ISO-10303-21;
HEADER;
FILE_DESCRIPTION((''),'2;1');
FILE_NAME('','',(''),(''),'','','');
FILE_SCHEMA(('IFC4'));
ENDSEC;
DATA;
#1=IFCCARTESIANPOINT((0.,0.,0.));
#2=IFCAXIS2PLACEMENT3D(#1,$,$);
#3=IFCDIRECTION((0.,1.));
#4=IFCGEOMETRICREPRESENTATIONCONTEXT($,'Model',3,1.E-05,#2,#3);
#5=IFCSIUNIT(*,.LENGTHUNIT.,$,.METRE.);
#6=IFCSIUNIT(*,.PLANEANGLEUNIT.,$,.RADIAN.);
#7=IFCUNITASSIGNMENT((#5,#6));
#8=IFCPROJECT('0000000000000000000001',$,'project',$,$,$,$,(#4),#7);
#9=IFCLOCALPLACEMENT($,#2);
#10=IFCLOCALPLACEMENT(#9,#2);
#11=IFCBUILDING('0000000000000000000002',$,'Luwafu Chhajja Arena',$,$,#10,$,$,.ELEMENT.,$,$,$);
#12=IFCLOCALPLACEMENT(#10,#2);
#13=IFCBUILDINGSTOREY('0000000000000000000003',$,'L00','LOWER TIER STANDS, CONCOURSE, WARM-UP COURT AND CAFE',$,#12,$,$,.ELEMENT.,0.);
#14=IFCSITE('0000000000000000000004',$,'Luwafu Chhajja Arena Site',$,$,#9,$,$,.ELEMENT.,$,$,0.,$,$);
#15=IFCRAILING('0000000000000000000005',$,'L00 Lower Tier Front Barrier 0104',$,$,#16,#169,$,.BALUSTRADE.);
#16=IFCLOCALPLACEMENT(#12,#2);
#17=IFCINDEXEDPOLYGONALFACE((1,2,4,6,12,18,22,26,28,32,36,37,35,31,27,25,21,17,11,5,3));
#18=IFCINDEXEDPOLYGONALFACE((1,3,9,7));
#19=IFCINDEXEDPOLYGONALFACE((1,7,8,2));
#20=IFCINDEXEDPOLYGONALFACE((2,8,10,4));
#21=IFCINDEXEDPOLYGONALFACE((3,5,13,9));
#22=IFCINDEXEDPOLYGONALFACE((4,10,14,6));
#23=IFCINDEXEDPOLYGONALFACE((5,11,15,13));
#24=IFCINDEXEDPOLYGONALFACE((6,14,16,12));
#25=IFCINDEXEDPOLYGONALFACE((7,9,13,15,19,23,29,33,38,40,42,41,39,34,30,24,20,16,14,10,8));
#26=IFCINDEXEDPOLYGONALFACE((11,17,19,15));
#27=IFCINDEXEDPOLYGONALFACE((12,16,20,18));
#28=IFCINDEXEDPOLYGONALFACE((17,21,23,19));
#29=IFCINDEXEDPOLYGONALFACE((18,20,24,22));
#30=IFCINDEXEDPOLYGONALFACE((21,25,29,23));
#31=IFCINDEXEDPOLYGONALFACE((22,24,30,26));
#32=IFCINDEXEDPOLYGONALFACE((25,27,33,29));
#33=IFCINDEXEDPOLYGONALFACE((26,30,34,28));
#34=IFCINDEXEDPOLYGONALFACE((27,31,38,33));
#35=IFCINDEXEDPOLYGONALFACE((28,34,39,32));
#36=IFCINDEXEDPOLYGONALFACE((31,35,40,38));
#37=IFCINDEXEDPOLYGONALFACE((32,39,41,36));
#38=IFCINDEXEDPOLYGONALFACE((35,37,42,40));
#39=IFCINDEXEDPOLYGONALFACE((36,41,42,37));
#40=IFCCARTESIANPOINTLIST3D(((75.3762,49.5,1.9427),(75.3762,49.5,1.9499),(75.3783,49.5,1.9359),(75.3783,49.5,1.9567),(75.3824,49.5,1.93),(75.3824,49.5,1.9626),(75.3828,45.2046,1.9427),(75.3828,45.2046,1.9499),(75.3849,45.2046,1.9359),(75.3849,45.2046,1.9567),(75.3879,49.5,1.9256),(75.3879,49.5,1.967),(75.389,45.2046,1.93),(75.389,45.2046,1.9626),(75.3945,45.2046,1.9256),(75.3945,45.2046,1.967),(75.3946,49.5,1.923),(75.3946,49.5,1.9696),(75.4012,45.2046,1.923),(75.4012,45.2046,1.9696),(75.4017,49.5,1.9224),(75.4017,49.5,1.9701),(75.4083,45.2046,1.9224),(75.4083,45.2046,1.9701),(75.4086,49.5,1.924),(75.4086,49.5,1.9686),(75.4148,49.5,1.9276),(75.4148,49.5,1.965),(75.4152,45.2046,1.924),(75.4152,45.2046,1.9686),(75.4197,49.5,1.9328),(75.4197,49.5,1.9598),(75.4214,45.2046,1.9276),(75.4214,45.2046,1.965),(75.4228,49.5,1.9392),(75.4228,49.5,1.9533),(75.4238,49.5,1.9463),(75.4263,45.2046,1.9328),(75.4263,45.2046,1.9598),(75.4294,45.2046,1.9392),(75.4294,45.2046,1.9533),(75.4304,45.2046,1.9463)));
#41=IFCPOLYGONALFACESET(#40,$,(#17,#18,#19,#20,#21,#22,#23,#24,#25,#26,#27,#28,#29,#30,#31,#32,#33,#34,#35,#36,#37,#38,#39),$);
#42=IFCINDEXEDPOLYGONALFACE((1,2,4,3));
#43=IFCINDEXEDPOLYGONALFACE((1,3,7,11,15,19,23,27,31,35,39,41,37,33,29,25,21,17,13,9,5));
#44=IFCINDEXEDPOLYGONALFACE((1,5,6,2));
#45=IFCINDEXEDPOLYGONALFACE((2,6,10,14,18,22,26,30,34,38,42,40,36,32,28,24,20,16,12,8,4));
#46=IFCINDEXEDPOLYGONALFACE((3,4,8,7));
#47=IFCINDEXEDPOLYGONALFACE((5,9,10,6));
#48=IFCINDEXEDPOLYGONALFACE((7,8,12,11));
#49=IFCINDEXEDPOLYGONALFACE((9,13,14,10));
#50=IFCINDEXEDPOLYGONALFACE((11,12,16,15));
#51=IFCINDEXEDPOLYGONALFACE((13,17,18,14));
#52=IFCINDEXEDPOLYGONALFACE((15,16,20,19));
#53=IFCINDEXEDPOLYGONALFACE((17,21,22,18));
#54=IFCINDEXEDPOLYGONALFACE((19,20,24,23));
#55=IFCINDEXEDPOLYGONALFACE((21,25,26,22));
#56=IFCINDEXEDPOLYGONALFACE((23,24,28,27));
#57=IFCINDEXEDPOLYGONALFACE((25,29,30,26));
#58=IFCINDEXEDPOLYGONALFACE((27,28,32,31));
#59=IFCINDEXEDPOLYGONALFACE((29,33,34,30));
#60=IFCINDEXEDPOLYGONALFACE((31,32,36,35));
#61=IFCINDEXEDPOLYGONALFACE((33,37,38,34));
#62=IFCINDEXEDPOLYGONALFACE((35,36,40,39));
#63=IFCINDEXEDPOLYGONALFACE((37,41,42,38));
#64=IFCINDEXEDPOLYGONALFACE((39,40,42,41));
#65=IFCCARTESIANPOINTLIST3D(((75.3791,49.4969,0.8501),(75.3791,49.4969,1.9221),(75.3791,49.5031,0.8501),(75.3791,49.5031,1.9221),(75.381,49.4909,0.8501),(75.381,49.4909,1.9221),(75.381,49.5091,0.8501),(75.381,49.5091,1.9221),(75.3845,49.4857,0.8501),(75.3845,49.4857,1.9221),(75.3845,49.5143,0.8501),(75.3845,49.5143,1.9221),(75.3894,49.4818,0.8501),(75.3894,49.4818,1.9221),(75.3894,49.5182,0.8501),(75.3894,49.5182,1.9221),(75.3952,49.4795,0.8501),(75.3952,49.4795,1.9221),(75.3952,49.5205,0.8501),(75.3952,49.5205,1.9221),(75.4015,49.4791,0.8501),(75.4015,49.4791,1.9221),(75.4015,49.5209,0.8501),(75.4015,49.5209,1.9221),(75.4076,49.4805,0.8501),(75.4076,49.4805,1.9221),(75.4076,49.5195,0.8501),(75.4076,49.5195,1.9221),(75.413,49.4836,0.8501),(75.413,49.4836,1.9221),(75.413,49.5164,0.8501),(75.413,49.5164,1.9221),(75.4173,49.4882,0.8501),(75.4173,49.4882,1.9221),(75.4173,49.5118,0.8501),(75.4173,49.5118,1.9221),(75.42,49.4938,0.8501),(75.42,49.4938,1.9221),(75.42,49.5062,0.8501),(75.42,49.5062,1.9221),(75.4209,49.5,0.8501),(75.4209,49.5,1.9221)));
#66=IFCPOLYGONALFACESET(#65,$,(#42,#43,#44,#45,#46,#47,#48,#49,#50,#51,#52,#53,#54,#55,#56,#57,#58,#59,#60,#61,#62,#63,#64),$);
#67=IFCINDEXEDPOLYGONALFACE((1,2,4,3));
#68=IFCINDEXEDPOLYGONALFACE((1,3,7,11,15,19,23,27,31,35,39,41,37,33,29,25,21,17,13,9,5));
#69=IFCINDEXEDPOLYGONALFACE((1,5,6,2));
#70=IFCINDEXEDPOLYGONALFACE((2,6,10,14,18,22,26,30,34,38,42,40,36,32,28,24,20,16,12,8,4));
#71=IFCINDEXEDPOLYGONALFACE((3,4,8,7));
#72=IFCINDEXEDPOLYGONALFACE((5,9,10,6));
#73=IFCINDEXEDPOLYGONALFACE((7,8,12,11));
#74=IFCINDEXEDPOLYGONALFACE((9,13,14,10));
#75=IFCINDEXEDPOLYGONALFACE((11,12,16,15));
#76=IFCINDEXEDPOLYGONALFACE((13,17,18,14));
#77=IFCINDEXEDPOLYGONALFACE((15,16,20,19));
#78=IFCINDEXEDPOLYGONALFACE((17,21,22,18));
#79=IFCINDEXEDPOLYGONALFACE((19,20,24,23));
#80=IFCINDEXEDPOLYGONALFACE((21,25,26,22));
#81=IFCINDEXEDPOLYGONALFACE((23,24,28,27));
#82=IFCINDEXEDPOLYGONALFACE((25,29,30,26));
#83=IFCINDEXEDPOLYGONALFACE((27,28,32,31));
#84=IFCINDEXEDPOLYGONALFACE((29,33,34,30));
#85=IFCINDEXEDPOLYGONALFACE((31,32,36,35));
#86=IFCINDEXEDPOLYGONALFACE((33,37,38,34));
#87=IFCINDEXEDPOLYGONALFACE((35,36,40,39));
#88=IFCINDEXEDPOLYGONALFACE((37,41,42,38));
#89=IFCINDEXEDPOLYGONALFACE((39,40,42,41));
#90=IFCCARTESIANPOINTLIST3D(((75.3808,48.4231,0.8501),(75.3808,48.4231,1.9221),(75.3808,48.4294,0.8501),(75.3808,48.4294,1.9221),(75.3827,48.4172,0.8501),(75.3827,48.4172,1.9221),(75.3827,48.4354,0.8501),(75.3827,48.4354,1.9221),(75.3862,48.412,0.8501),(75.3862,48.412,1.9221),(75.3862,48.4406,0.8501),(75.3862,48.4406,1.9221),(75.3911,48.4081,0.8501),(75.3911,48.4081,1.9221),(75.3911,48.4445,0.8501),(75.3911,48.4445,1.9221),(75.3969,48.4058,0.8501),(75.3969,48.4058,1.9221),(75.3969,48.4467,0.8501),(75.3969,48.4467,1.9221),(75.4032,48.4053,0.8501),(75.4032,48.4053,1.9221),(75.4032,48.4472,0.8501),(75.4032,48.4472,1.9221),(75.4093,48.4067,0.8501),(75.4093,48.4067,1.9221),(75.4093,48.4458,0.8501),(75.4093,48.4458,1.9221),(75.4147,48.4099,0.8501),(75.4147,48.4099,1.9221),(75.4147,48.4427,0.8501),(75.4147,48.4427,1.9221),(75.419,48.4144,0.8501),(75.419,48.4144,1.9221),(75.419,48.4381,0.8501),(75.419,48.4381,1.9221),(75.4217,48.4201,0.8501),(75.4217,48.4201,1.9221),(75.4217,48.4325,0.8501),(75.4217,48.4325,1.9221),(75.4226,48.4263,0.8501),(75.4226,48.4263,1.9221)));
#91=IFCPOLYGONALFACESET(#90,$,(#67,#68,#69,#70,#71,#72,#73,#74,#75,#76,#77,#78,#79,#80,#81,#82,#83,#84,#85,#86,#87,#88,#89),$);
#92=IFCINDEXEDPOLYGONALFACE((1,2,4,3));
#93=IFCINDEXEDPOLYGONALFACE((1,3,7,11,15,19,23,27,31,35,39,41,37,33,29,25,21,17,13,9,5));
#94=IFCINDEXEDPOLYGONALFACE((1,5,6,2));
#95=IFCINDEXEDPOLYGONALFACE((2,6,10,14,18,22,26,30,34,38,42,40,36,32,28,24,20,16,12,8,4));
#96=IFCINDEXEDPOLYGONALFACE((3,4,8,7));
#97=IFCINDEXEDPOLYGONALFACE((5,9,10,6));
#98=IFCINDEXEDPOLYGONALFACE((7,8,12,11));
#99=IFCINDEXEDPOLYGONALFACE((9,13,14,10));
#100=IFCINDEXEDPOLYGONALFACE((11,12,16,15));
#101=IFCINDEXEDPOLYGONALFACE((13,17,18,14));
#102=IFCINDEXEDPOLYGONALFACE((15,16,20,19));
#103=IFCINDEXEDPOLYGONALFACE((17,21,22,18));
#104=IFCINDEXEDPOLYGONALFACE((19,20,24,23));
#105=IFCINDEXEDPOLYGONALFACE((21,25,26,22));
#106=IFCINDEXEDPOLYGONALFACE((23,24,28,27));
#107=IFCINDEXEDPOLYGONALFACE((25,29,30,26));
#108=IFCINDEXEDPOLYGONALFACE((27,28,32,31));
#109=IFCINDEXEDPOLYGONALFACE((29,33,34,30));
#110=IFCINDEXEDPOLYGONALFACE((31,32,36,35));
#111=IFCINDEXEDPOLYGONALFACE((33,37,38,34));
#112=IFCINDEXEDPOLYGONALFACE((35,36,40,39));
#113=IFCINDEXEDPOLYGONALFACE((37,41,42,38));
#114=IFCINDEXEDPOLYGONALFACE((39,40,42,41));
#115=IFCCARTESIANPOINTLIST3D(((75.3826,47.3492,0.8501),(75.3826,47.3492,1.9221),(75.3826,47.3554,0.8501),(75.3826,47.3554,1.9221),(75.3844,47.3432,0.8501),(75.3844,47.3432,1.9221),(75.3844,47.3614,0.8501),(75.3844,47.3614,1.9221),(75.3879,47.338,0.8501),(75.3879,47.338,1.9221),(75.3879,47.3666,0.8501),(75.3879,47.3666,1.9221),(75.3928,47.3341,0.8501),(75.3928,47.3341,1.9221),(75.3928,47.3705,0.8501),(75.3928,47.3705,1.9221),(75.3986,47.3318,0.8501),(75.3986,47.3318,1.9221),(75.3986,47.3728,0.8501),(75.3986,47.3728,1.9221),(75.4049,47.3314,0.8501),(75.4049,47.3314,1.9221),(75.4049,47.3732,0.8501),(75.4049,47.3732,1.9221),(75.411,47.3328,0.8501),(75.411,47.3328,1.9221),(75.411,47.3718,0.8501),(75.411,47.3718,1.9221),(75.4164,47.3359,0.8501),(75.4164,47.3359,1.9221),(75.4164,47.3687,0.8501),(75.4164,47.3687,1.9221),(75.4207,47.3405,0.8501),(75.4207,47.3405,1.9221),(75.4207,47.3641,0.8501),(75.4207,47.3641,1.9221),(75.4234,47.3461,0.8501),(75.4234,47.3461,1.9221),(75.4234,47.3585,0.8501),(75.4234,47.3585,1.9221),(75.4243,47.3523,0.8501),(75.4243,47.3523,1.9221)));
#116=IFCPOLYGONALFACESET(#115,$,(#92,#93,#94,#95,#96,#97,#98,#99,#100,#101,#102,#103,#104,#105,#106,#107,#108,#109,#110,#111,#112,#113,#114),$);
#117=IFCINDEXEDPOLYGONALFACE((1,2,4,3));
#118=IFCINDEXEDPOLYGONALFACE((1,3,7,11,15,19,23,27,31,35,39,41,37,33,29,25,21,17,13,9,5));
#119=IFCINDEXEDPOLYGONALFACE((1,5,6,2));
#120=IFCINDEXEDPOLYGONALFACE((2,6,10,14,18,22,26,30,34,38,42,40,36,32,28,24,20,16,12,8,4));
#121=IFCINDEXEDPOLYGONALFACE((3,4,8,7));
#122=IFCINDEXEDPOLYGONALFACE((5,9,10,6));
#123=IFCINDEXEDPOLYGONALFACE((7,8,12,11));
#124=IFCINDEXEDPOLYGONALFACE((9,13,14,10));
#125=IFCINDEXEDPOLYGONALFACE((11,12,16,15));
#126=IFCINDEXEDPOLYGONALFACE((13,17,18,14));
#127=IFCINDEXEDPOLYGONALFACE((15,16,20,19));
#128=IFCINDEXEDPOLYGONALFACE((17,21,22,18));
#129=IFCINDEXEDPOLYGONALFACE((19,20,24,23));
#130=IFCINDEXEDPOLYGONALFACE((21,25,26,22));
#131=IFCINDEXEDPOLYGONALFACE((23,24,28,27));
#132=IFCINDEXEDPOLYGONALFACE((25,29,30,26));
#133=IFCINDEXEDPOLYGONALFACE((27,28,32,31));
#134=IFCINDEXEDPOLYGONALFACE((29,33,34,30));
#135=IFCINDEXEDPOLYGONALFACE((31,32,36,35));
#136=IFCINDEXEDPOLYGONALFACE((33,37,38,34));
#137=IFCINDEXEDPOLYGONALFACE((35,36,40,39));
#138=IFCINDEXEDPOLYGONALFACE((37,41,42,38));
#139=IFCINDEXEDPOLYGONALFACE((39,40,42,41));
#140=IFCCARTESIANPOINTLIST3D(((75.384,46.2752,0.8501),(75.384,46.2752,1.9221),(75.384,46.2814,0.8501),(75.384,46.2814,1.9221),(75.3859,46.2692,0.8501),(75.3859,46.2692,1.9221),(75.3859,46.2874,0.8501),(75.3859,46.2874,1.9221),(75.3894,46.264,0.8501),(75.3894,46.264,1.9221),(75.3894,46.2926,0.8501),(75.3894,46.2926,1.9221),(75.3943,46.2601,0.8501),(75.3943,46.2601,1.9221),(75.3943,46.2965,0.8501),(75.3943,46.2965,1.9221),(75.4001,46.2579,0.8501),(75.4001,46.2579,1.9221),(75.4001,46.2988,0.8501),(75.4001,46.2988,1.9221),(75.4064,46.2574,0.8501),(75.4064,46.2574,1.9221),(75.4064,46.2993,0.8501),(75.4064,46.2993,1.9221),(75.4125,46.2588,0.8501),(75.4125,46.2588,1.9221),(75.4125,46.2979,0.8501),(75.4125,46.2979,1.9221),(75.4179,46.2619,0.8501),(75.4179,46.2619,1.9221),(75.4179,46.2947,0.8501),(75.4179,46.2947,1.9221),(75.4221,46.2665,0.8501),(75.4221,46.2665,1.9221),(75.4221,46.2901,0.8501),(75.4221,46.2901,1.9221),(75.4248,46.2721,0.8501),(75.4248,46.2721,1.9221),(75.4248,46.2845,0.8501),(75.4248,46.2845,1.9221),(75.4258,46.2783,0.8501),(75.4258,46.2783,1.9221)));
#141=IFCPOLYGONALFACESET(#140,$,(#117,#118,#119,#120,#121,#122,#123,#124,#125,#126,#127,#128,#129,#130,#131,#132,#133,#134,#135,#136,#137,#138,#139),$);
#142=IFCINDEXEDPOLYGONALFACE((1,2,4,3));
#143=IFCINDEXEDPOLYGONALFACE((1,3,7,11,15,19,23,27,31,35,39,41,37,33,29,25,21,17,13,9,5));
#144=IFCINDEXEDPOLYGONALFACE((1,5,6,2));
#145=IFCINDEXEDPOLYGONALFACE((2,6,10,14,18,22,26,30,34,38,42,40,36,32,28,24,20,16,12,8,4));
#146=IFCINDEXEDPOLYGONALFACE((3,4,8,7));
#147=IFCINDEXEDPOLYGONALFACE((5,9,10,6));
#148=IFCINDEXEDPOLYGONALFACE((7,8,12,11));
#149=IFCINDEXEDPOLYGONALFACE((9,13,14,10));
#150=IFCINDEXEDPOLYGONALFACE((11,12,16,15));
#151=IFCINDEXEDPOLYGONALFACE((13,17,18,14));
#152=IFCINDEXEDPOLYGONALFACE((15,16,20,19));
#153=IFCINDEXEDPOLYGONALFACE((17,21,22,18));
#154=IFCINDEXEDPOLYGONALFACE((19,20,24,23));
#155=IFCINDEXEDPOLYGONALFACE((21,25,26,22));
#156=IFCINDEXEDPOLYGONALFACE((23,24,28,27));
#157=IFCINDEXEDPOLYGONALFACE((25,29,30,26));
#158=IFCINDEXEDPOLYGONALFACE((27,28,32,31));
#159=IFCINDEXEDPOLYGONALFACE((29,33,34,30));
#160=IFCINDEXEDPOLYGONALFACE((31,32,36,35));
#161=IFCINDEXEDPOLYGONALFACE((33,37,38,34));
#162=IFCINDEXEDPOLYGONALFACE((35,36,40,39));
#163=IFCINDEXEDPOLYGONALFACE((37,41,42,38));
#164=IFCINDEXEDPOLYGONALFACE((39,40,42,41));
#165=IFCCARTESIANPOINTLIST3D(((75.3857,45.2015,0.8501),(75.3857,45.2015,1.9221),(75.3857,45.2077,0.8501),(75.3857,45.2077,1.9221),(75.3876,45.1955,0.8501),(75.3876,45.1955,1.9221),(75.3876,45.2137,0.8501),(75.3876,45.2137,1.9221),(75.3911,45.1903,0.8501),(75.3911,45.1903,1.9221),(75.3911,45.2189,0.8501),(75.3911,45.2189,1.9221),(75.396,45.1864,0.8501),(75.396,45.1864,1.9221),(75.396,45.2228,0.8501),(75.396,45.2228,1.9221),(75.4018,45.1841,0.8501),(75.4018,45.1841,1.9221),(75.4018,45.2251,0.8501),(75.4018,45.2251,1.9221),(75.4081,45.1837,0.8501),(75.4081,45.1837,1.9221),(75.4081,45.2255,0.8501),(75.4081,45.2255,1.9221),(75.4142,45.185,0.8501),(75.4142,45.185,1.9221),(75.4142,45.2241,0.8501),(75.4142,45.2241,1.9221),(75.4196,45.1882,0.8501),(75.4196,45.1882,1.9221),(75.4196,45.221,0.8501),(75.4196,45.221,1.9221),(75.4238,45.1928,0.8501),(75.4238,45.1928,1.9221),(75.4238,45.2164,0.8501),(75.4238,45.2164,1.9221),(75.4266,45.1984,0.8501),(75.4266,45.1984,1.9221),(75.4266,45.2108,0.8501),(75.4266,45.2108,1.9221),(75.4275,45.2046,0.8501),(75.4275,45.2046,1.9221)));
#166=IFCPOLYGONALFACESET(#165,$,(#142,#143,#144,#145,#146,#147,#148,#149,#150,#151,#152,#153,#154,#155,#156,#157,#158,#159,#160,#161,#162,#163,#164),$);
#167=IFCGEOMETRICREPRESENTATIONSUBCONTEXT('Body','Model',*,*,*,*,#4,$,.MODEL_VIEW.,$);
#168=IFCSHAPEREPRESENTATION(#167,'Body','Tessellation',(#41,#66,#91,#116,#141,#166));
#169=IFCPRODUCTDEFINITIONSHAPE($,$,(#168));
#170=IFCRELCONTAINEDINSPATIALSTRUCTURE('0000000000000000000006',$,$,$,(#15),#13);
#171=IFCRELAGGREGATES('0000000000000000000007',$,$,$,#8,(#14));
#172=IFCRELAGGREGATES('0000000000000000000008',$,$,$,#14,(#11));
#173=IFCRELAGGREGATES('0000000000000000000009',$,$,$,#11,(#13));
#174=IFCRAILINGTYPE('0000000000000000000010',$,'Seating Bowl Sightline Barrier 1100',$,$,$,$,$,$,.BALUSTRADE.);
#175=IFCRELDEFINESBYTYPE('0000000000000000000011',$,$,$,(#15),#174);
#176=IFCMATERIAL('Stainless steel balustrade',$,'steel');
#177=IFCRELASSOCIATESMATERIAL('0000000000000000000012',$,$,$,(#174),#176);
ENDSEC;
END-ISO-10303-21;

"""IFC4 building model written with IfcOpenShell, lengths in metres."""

from ifc_helpers import new_model, si_unit, direction, frame, origin, origin_2d, place, context, subcontext, project, spatial, circle, extrude, material, type_object, element, save


model = new_model("IFC4")

# Units and contexts
model_context = context("Model", 3, precision=1e-05, world=origin(), true_north=direction((0.0, 1.0)))
body_context = subcontext(model_context, "Body", "Model", "MODEL_VIEW")
ifc_project = project(units=[si_unit("LENGTHUNIT", "METRE"), si_unit("PLANEANGLEUNIT", "RADIAN")], contexts=[model_context])

# Site, building, storey
site_placement = place(None, origin())
site = spatial("IfcSite", under=ifc_project, at=site_placement, Name="Luwafu Chhajja Arena Site", CompositionType="ELEMENT", RefElevation=0.0)
building_placement = place(site_placement, origin())
building = spatial("IfcBuilding", under=site, at=building_placement, Name="Luwafu Chhajja Arena", CompositionType="ELEMENT")
storey_placement = place(building_placement, origin())
storey = spatial("IfcBuildingStorey", under=building, at=storey_placement, Name="L00", Description="LOWER TIER STANDS, CONCOURSE, WARM-UP COURT AND CAFE", CompositionType="ELEMENT", Elevation=0.0)

# Railing
ifc_material_1 = material(Name="Stainless steel balustrade", Category="steel")
railing_type = type_object("IfcRailingType", Name="Seating Bowl Sightline Barrier 1100", PredefinedType="BALUSTRADE", material=ifc_material_1)
railing_1_placement = place(storey_placement, frame((75.3999, 49.5, 0.8501)))
element("IfcRailing", 1, at=railing_1_placement, inside=storey, type_object=railing_type, Name="L00 Lower Tier Front Barrier 0104", PredefinedType="BALUSTRADE", context=body_context, shape_type="SweptSolid", body=[
    extrude(circle(Radius=0.0239, at=origin_2d()), frame((0.0, 0.0, 1.0962), z_axis=(0.001535, -0.999999, 0.0), x_axis=(0.999999, 0.001535, 0.0)), (0.0, 0.0, 1.0), 4.2954),
    extrude(circle(Radius=0.021, at=origin_2d()), origin(), (0.0, 0.0, 1.0), 1.072),
    extrude(circle(Radius=0.021, at=origin_2d()), frame((0.0017, -1.0737, 0.0)), (0.0, 0.0, 1.0), 1.072),
    extrude(circle(Radius=0.021, at=origin_2d()), frame((0.0034, -2.1477, 0.0)), (0.0, 0.0, 1.0), 1.072),
    extrude(circle(Radius=0.021, at=origin_2d()), frame((0.0049, -3.2217, 0.0)), (0.0, 0.0, 1.0), 1.072),
    extrude(circle(Radius=0.021, at=origin_2d()), frame((0.0066, -4.2954, 0.0)), (0.0, 0.0, 1.0), 1.072),
])

save(model, "model.ifc")
